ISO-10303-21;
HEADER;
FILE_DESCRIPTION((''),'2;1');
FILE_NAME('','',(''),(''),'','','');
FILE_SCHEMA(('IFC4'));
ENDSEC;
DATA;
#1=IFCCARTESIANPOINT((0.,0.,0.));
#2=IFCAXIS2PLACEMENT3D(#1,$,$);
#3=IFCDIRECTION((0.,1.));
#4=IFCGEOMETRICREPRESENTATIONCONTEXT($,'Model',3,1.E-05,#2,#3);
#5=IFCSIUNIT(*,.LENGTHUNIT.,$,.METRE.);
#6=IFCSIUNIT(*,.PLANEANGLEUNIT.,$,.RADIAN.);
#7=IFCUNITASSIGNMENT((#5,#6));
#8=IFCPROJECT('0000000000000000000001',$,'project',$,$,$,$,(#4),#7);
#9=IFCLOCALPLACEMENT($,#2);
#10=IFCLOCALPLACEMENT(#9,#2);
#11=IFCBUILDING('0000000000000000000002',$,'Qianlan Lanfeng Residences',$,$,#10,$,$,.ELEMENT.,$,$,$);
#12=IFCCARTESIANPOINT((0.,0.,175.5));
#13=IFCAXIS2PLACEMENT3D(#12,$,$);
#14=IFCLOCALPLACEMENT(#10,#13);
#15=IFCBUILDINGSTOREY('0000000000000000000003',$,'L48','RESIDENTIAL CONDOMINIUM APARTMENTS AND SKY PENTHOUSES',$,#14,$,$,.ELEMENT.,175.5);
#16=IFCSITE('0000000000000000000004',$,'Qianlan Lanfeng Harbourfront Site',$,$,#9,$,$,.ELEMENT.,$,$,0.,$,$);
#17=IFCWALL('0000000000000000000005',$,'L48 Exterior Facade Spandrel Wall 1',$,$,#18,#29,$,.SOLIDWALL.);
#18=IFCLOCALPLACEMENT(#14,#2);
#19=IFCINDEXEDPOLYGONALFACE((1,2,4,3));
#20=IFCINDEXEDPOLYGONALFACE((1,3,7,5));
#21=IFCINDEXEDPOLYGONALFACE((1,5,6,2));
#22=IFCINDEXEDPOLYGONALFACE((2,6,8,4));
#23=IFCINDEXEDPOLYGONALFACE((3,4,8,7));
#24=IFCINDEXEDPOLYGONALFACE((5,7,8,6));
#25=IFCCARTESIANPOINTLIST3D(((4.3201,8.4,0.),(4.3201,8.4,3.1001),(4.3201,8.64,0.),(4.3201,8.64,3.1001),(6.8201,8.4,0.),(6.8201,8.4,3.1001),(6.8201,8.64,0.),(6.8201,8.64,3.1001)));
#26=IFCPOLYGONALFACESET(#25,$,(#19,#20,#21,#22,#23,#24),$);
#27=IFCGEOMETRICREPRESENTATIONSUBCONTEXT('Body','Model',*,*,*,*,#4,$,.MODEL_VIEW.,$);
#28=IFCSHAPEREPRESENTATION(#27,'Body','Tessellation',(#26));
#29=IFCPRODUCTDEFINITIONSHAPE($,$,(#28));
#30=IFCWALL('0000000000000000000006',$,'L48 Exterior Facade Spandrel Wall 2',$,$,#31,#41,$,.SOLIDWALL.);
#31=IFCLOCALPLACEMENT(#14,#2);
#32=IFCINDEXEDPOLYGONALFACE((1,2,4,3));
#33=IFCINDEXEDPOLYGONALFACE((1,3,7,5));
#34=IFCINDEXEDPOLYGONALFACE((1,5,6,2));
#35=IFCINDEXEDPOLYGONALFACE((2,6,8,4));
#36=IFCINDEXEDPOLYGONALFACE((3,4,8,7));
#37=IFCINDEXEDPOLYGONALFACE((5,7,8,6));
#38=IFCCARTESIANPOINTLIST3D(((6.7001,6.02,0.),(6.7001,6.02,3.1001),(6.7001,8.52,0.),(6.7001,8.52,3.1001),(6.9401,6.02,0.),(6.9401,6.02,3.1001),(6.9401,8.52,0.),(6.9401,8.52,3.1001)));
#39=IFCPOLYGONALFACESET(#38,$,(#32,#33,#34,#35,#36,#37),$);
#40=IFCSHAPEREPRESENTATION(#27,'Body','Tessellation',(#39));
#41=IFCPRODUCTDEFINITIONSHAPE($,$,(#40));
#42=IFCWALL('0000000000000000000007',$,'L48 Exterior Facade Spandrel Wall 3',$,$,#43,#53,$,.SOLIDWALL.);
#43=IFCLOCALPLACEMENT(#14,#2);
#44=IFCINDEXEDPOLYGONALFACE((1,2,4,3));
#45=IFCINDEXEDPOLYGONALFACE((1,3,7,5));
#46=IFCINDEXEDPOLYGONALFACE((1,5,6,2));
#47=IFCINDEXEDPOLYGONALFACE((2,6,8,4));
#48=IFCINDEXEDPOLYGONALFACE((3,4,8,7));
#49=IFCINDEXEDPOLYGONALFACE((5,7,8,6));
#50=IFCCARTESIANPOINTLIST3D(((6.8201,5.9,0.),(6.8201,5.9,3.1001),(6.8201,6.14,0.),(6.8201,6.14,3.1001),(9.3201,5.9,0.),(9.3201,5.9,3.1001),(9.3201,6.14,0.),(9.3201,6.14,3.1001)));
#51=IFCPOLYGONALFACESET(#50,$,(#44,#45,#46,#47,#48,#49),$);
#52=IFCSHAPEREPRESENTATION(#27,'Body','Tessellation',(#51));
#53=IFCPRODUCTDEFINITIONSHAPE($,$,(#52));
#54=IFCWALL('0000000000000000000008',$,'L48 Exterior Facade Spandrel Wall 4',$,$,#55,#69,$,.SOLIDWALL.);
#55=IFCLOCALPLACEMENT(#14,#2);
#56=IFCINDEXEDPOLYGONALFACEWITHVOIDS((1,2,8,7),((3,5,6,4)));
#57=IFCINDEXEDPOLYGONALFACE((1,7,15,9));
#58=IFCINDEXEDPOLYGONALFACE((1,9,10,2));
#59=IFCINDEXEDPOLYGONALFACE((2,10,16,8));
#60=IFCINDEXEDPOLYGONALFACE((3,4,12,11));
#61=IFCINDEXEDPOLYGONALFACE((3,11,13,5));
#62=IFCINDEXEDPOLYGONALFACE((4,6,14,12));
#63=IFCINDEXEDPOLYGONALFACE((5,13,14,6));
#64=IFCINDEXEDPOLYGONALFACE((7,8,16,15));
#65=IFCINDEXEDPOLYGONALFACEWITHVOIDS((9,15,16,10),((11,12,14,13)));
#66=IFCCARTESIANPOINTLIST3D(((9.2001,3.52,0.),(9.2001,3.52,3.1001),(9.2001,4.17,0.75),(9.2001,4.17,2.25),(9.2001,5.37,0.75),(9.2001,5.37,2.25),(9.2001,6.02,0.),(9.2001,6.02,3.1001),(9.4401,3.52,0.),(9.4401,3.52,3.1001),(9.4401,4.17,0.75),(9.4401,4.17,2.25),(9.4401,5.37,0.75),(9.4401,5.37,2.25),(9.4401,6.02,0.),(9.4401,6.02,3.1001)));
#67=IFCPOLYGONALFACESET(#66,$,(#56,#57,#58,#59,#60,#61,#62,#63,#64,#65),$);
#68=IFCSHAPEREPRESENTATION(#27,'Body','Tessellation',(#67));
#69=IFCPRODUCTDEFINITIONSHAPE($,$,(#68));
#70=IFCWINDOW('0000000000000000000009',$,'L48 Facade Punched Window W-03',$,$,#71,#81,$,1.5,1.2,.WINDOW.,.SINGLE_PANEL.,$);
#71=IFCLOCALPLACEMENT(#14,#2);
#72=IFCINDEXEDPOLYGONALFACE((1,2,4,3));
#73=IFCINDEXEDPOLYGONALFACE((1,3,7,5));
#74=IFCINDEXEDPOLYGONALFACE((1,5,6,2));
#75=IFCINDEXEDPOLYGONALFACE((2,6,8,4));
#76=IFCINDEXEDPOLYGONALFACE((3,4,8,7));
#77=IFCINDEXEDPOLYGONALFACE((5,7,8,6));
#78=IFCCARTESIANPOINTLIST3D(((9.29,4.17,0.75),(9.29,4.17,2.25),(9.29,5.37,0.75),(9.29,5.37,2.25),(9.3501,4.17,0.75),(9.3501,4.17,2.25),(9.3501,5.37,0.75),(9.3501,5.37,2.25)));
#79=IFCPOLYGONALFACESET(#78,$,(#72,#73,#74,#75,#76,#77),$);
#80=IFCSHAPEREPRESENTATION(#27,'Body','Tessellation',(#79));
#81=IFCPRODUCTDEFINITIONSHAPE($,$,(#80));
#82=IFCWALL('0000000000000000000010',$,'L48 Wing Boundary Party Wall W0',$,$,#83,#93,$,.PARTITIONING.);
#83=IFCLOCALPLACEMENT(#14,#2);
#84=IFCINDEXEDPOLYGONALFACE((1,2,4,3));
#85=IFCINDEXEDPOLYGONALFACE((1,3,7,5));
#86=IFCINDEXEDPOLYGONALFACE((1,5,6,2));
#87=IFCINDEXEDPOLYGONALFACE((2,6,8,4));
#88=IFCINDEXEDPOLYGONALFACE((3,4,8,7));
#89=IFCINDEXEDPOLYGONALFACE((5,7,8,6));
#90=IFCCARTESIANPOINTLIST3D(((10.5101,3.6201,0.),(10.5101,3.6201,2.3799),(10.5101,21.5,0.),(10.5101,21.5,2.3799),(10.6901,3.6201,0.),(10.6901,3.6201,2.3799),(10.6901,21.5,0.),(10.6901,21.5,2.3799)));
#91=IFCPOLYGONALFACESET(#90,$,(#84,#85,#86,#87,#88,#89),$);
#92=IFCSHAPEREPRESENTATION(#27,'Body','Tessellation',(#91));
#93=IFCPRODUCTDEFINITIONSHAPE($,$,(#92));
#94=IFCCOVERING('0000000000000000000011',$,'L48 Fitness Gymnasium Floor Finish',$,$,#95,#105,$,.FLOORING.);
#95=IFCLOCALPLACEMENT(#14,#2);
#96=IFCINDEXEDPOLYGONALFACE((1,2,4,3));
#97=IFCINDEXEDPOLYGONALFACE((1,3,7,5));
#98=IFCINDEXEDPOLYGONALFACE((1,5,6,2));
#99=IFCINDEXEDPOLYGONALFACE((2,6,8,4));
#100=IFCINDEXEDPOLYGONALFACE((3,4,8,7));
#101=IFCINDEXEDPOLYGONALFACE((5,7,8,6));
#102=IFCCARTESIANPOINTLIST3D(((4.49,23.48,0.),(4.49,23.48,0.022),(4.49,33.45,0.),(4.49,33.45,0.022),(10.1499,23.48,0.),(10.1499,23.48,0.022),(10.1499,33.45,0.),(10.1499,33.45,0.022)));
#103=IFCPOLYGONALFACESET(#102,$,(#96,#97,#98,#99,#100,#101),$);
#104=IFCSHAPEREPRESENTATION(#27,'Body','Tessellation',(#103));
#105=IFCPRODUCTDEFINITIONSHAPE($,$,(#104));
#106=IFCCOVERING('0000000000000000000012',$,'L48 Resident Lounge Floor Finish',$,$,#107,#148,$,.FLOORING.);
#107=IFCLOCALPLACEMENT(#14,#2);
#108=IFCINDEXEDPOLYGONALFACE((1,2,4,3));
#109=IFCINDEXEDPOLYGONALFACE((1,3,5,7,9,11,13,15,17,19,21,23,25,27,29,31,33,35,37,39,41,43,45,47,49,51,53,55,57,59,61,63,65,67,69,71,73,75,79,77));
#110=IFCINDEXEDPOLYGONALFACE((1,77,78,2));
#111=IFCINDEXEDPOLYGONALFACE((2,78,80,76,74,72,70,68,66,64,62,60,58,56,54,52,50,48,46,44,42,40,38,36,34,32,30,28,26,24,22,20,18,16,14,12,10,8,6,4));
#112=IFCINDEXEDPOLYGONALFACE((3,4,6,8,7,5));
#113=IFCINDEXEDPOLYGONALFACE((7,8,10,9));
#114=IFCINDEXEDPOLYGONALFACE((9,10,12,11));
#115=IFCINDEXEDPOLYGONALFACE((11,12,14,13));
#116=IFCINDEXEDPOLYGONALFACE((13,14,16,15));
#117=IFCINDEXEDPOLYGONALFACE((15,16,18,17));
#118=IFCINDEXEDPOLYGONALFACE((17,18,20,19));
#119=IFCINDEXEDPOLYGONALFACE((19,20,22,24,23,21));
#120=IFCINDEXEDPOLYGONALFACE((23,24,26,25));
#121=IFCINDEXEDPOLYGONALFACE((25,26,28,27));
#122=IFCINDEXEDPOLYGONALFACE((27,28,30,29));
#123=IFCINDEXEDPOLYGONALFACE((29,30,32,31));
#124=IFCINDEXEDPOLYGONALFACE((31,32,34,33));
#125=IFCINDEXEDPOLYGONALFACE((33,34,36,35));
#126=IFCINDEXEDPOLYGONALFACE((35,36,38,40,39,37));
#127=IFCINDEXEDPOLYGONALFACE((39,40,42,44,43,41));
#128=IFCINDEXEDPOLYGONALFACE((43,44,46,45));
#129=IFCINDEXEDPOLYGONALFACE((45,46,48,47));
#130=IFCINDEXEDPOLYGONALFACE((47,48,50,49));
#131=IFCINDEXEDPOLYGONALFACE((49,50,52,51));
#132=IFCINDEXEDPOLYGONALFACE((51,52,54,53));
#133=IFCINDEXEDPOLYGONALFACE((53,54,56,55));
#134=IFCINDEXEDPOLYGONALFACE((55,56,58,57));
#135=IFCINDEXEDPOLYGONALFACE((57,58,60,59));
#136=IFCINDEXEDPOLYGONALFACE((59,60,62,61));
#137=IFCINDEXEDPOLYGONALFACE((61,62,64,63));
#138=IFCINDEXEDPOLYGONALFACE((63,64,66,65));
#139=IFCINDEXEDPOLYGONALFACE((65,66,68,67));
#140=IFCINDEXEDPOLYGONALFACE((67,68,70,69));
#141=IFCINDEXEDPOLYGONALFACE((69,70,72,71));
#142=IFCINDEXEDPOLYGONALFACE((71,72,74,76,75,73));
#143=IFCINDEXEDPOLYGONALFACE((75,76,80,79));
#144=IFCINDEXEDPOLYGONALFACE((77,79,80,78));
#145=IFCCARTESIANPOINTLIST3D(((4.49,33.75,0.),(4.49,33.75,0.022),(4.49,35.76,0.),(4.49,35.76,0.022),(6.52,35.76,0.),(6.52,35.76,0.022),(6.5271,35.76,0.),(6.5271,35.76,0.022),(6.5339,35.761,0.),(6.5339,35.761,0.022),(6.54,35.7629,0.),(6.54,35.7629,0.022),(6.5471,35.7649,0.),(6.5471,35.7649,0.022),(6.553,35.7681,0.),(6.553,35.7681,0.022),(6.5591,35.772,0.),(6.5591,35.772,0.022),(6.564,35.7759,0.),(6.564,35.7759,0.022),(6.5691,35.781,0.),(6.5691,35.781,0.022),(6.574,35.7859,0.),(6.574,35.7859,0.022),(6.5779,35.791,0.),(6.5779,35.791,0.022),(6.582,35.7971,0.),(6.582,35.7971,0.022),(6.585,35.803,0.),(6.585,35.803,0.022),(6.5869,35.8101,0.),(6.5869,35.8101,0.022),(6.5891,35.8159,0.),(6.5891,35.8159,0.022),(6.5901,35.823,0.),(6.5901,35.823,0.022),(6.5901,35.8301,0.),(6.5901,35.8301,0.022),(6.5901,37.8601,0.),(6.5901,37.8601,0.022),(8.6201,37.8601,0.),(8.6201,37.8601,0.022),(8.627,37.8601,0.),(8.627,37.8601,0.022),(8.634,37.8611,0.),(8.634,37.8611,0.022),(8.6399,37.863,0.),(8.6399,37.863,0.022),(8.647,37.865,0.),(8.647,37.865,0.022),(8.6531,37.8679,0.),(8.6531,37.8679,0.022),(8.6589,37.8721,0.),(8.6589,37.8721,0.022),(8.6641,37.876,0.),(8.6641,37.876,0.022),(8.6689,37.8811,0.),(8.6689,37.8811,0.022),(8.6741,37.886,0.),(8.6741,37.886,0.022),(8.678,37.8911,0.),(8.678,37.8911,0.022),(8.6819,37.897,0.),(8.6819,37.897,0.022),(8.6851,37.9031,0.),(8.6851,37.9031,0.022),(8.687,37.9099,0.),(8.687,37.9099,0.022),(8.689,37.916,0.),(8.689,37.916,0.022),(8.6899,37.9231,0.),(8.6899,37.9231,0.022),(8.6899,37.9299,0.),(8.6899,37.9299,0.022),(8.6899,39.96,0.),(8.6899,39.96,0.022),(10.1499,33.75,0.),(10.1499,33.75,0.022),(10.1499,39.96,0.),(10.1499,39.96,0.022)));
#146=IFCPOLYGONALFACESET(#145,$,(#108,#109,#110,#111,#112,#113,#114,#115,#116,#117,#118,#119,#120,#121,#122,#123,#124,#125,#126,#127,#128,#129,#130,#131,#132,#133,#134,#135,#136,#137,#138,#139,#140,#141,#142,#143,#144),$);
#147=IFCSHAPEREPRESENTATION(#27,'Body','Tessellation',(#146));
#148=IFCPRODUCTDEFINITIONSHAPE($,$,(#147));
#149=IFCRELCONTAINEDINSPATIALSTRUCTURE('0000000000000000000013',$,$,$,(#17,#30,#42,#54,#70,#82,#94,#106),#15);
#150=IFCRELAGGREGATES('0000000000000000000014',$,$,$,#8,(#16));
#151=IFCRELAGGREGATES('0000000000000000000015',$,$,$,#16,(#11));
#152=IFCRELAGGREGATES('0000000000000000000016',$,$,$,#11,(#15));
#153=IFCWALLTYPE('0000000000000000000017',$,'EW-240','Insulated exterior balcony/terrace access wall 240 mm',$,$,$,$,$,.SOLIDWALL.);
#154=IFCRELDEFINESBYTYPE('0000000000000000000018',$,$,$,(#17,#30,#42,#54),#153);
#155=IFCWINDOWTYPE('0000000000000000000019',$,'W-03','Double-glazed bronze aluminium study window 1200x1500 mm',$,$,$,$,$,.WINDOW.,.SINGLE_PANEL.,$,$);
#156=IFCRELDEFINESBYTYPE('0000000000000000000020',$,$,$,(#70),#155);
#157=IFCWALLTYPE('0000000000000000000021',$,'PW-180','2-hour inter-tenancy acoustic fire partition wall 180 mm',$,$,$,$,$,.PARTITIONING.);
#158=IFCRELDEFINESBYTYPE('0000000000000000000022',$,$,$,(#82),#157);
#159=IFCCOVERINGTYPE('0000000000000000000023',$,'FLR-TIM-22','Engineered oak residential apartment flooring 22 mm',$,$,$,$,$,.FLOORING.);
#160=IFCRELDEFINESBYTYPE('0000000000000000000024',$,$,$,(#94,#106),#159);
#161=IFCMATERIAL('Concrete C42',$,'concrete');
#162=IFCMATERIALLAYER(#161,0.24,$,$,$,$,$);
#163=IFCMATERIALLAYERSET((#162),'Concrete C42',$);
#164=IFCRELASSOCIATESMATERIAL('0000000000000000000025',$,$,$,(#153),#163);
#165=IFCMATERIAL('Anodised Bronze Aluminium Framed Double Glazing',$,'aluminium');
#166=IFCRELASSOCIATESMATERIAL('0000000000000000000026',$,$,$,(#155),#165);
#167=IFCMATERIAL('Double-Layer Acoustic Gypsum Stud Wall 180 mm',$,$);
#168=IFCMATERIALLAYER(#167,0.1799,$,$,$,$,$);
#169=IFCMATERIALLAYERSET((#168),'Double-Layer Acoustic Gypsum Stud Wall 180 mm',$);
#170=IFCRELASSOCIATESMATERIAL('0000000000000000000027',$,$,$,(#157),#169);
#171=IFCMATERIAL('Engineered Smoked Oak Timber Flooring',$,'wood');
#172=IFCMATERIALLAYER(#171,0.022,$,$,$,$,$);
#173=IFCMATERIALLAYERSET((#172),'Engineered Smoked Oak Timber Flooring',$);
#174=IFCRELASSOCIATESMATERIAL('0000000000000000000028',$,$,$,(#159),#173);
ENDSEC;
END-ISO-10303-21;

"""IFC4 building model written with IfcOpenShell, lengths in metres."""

from ifc_helpers import new_model, si_unit, direction, frame, frame_2d, origin, place, context, subcontext, project, spatial, polyline, rectangle, outline, extrude, material, layer, layer_set, type_object, element, fill, save


model = new_model("IFC4")

# Units and contexts
model_context = context("Model", 3, precision=1e-05, world=origin(), true_north=direction((0.0, 1.0)))
body_context = subcontext(model_context, "Body", "Model", "MODEL_VIEW")
ifc_project = project(units=[si_unit("LENGTHUNIT", "METRE"), si_unit("PLANEANGLEUNIT", "RADIAN")], contexts=[model_context])

# Site, building, storey
site_placement = place(None, origin())
site = spatial("IfcSite", under=ifc_project, at=site_placement, Name="Qianlan Lanfeng Harbourfront Site", CompositionType="ELEMENT", RefElevation=0.0)
building_placement = place(site_placement, origin())
building = spatial("IfcBuilding", under=site, at=building_placement, Name="Qianlan Lanfeng Residences", CompositionType="ELEMENT")
storey_placement = place(building_placement, frame((0.0, 0.0, 175.5)))
storey = spatial("IfcBuildingStorey", under=building, at=storey_placement, Name="L48", Description="RESIDENTIAL CONDOMINIUM APARTMENTS AND SKY PENTHOUSES", CompositionType="ELEMENT", Elevation=175.5)

# Walls
ifc_material_1 = material(Name="Concrete C42", Category="concrete")
ifc_layer_1 = layer(ifc_material_1, 0.24)
ifc_layer_set_1 = layer_set([ifc_layer_1], Name="Concrete C42")
wall_type_1 = type_object("IfcWallType", Name="EW-240", Description="Insulated exterior balcony/terrace access wall 240 mm", PredefinedType="SOLIDWALL", material=ifc_layer_set_1)
for number, where, z_axis, x_axis, name in (
    (1, (4.3201, 8.52, 0.0), (0.0, 0.0, 1.0), (1.0, 0.0, 0.0), "L48 Exterior Facade Spandrel Wall 1"),
    (2, (6.8201, 8.52, 0.0), (0.0, 0.0, 1.0), (0.0, -1.0, 0.0), "L48 Exterior Facade Spandrel Wall 2"),
    (3, (6.8201, 6.02, 0.0), (0.0, 0.0, 1.0), (1.0, 0.0, 0.0), "L48 Exterior Facade Spandrel Wall 3"),
):
    element("IfcWall", number, at=place(storey_placement, frame(where, z_axis=z_axis, x_axis=x_axis)), inside=storey, type_object=wall_type_1, Name=name, PredefinedType="SOLIDWALL", context=body_context, shape_type="SweptSolid", body=[
        extrude(rectangle(XDim=2.5, YDim=0.24, at=frame_2d((1.25, 0.0))), origin(), (0.0, 0.0, 1.0), 3.1001),
    ])

# Wall, opening, window
wall_1_placement = place(storey_placement, frame((9.3201, 6.02, 0.0), z_axis=(0.0, 0.0, 1.0), x_axis=(0.0, -1.0, 0.0)))
wall_1 = element("IfcWall", 4, at=wall_1_placement, inside=storey, type_object=wall_type_1, Name="L48 Exterior Facade Spandrel Wall 4", PredefinedType="SOLIDWALL", context=body_context, shape_type="SweptSolid", body=[
    extrude(rectangle(XDim=2.5, YDim=0.24, at=frame_2d((1.25, 0.0))), origin(), (0.0, 0.0, 1.0), 3.1001),
])
opening_placement = place(wall_1_placement, frame((0.6499, 0.0, 0.75)))
opening = element("IfcOpeningElement", 5, at=opening_placement, cuts=wall_1, PredefinedType="OPENING", context=body_context, shape_type="SweptSolid", body=[
    extrude(rectangle(XDim=1.2, YDim=1.5, at=frame_2d((0.6001, 0.75))), frame((0.0, 0.1299, 0.0), z_axis=(0.0, -1.0, 0.0), x_axis=(1.0, 0.0, 0.0)), (0.0, 0.0, 1.0), 0.26),
])
ifc_material_2 = material(Name="Anodised Bronze Aluminium Framed Double Glazing", Category="aluminium")
window_type = type_object("IfcWindowType", Name="W-03", Description="Double-glazed bronze aluminium study window 1200x1500 mm", PartitioningType="SINGLE_PANEL", PredefinedType="WINDOW", material=ifc_material_2)
window_placement = place(opening_placement, origin())
window = element("IfcWindow", 6, at=window_placement, inside=storey, type_object=window_type, Name="L48 Facade Punched Window W-03", OverallHeight=1.5, OverallWidth=1.2, PartitioningType="SINGLE_PANEL", PredefinedType="WINDOW", context=body_context, shape_type="SweptSolid", body=[
    extrude(rectangle(XDim=1.2, YDim=1.5, at=frame_2d((0.6001, 0.75))), frame((0.0, 0.03, 0.0), z_axis=(0.0, -1.0, 0.0), x_axis=(1.0, 0.0, 0.0)), (0.0, 0.0, 1.0), 0.0601),
])
fill(opening, window)

# Wall
ifc_material_3 = material(Name="Double-Layer Acoustic Gypsum Stud Wall 180 mm")
ifc_layer_2 = layer(ifc_material_3, 0.1799)
ifc_layer_set_2 = layer_set([ifc_layer_2], Name="Double-Layer Acoustic Gypsum Stud Wall 180 mm")
wall_type_2 = type_object("IfcWallType", Name="PW-180", Description="2-hour inter-tenancy acoustic fire partition wall 180 mm", PredefinedType="PARTITIONING", material=ifc_layer_set_2)
wall_2_placement = place(storey_placement, frame((10.6001, 3.6201, 0.0), z_axis=(0.0, 0.0, 1.0), x_axis=(0.0, 1.0, 0.0)))
element("IfcWall", 7, at=wall_2_placement, inside=storey, type_object=wall_type_2, Name="L48 Wing Boundary Party Wall W0", PredefinedType="PARTITIONING", context=body_context, shape_type="SweptSolid", body=[
    extrude(rectangle(XDim=17.8799, YDim=0.1799, at=frame_2d((8.9399, 0.0))), origin(), (0.0, 0.0, 1.0), 2.3799),
])

# Coverings
ifc_material_4 = material(Name="Engineered Smoked Oak Timber Flooring", Category="wood")
ifc_layer_3 = layer(ifc_material_4, 0.022)
ifc_layer_set_3 = layer_set([ifc_layer_3], Name="Engineered Smoked Oak Timber Flooring")
covering_type = type_object("IfcCoveringType", Name="FLR-TIM-22", Description="Engineered oak residential apartment flooring 22 mm", PredefinedType="FLOORING", material=ifc_layer_set_3)
covering_1_placement = place(storey_placement, origin())
element("IfcCovering", 8, at=covering_1_placement, inside=storey, type_object=covering_type, Name="L48 Fitness Gymnasium Floor Finish", PredefinedType="FLOORING", context=body_context, shape_type="SweptSolid", body=[
    extrude(outline(polyline([(10.1499, 33.45), (4.49, 33.45), (4.49, 23.48), (10.1499, 23.48), (10.1499, 33.45)])), origin(), (0.0, 0.0, 1.0), 0.022),
])
covering_2_placement = place(storey_placement, origin())
element("IfcCovering", 9, at=covering_2_placement, inside=storey, type_object=covering_type, Name="L48 Resident Lounge Floor Finish", PredefinedType="FLOORING", context=body_context, shape_type="SweptSolid", body=[
    extrude(outline(polyline([(4.49, 33.75), (10.1499, 33.75), (10.1499, 39.96), (8.6899, 39.96), (8.6899, 37.9299), (8.6899, 37.9231), (8.689, 37.916), (8.687, 37.9099), (8.6851, 37.9031), (8.6819, 37.897), (8.678, 37.8911), (8.6741, 37.886), (8.6689, 37.8811), (8.6641, 37.876), (8.6589, 37.8721), (8.6531, 37.8679), (8.647, 37.865), (8.6399, 37.863), (8.634, 37.8611), (8.627, 37.8601), (8.6201, 37.8601), (6.5901, 37.8601), (6.5901, 35.8301), (6.5901, 35.823), (6.5891, 35.8159), (6.5869, 35.8101), (6.585, 35.803), (6.582, 35.7971), (6.5779, 35.791), (6.574, 35.7859), (6.5691, 35.781), (6.564, 35.7759), (6.5591, 35.772), (6.553, 35.7681), (6.5471, 35.7649), (6.54, 35.7629), (6.5339, 35.761), (6.5271, 35.76), (6.52, 35.76), (4.49, 35.76), (4.49, 33.75)])), origin(), (0.0, 0.0, 1.0), 0.022),
])

save(model, "model.ifc")
